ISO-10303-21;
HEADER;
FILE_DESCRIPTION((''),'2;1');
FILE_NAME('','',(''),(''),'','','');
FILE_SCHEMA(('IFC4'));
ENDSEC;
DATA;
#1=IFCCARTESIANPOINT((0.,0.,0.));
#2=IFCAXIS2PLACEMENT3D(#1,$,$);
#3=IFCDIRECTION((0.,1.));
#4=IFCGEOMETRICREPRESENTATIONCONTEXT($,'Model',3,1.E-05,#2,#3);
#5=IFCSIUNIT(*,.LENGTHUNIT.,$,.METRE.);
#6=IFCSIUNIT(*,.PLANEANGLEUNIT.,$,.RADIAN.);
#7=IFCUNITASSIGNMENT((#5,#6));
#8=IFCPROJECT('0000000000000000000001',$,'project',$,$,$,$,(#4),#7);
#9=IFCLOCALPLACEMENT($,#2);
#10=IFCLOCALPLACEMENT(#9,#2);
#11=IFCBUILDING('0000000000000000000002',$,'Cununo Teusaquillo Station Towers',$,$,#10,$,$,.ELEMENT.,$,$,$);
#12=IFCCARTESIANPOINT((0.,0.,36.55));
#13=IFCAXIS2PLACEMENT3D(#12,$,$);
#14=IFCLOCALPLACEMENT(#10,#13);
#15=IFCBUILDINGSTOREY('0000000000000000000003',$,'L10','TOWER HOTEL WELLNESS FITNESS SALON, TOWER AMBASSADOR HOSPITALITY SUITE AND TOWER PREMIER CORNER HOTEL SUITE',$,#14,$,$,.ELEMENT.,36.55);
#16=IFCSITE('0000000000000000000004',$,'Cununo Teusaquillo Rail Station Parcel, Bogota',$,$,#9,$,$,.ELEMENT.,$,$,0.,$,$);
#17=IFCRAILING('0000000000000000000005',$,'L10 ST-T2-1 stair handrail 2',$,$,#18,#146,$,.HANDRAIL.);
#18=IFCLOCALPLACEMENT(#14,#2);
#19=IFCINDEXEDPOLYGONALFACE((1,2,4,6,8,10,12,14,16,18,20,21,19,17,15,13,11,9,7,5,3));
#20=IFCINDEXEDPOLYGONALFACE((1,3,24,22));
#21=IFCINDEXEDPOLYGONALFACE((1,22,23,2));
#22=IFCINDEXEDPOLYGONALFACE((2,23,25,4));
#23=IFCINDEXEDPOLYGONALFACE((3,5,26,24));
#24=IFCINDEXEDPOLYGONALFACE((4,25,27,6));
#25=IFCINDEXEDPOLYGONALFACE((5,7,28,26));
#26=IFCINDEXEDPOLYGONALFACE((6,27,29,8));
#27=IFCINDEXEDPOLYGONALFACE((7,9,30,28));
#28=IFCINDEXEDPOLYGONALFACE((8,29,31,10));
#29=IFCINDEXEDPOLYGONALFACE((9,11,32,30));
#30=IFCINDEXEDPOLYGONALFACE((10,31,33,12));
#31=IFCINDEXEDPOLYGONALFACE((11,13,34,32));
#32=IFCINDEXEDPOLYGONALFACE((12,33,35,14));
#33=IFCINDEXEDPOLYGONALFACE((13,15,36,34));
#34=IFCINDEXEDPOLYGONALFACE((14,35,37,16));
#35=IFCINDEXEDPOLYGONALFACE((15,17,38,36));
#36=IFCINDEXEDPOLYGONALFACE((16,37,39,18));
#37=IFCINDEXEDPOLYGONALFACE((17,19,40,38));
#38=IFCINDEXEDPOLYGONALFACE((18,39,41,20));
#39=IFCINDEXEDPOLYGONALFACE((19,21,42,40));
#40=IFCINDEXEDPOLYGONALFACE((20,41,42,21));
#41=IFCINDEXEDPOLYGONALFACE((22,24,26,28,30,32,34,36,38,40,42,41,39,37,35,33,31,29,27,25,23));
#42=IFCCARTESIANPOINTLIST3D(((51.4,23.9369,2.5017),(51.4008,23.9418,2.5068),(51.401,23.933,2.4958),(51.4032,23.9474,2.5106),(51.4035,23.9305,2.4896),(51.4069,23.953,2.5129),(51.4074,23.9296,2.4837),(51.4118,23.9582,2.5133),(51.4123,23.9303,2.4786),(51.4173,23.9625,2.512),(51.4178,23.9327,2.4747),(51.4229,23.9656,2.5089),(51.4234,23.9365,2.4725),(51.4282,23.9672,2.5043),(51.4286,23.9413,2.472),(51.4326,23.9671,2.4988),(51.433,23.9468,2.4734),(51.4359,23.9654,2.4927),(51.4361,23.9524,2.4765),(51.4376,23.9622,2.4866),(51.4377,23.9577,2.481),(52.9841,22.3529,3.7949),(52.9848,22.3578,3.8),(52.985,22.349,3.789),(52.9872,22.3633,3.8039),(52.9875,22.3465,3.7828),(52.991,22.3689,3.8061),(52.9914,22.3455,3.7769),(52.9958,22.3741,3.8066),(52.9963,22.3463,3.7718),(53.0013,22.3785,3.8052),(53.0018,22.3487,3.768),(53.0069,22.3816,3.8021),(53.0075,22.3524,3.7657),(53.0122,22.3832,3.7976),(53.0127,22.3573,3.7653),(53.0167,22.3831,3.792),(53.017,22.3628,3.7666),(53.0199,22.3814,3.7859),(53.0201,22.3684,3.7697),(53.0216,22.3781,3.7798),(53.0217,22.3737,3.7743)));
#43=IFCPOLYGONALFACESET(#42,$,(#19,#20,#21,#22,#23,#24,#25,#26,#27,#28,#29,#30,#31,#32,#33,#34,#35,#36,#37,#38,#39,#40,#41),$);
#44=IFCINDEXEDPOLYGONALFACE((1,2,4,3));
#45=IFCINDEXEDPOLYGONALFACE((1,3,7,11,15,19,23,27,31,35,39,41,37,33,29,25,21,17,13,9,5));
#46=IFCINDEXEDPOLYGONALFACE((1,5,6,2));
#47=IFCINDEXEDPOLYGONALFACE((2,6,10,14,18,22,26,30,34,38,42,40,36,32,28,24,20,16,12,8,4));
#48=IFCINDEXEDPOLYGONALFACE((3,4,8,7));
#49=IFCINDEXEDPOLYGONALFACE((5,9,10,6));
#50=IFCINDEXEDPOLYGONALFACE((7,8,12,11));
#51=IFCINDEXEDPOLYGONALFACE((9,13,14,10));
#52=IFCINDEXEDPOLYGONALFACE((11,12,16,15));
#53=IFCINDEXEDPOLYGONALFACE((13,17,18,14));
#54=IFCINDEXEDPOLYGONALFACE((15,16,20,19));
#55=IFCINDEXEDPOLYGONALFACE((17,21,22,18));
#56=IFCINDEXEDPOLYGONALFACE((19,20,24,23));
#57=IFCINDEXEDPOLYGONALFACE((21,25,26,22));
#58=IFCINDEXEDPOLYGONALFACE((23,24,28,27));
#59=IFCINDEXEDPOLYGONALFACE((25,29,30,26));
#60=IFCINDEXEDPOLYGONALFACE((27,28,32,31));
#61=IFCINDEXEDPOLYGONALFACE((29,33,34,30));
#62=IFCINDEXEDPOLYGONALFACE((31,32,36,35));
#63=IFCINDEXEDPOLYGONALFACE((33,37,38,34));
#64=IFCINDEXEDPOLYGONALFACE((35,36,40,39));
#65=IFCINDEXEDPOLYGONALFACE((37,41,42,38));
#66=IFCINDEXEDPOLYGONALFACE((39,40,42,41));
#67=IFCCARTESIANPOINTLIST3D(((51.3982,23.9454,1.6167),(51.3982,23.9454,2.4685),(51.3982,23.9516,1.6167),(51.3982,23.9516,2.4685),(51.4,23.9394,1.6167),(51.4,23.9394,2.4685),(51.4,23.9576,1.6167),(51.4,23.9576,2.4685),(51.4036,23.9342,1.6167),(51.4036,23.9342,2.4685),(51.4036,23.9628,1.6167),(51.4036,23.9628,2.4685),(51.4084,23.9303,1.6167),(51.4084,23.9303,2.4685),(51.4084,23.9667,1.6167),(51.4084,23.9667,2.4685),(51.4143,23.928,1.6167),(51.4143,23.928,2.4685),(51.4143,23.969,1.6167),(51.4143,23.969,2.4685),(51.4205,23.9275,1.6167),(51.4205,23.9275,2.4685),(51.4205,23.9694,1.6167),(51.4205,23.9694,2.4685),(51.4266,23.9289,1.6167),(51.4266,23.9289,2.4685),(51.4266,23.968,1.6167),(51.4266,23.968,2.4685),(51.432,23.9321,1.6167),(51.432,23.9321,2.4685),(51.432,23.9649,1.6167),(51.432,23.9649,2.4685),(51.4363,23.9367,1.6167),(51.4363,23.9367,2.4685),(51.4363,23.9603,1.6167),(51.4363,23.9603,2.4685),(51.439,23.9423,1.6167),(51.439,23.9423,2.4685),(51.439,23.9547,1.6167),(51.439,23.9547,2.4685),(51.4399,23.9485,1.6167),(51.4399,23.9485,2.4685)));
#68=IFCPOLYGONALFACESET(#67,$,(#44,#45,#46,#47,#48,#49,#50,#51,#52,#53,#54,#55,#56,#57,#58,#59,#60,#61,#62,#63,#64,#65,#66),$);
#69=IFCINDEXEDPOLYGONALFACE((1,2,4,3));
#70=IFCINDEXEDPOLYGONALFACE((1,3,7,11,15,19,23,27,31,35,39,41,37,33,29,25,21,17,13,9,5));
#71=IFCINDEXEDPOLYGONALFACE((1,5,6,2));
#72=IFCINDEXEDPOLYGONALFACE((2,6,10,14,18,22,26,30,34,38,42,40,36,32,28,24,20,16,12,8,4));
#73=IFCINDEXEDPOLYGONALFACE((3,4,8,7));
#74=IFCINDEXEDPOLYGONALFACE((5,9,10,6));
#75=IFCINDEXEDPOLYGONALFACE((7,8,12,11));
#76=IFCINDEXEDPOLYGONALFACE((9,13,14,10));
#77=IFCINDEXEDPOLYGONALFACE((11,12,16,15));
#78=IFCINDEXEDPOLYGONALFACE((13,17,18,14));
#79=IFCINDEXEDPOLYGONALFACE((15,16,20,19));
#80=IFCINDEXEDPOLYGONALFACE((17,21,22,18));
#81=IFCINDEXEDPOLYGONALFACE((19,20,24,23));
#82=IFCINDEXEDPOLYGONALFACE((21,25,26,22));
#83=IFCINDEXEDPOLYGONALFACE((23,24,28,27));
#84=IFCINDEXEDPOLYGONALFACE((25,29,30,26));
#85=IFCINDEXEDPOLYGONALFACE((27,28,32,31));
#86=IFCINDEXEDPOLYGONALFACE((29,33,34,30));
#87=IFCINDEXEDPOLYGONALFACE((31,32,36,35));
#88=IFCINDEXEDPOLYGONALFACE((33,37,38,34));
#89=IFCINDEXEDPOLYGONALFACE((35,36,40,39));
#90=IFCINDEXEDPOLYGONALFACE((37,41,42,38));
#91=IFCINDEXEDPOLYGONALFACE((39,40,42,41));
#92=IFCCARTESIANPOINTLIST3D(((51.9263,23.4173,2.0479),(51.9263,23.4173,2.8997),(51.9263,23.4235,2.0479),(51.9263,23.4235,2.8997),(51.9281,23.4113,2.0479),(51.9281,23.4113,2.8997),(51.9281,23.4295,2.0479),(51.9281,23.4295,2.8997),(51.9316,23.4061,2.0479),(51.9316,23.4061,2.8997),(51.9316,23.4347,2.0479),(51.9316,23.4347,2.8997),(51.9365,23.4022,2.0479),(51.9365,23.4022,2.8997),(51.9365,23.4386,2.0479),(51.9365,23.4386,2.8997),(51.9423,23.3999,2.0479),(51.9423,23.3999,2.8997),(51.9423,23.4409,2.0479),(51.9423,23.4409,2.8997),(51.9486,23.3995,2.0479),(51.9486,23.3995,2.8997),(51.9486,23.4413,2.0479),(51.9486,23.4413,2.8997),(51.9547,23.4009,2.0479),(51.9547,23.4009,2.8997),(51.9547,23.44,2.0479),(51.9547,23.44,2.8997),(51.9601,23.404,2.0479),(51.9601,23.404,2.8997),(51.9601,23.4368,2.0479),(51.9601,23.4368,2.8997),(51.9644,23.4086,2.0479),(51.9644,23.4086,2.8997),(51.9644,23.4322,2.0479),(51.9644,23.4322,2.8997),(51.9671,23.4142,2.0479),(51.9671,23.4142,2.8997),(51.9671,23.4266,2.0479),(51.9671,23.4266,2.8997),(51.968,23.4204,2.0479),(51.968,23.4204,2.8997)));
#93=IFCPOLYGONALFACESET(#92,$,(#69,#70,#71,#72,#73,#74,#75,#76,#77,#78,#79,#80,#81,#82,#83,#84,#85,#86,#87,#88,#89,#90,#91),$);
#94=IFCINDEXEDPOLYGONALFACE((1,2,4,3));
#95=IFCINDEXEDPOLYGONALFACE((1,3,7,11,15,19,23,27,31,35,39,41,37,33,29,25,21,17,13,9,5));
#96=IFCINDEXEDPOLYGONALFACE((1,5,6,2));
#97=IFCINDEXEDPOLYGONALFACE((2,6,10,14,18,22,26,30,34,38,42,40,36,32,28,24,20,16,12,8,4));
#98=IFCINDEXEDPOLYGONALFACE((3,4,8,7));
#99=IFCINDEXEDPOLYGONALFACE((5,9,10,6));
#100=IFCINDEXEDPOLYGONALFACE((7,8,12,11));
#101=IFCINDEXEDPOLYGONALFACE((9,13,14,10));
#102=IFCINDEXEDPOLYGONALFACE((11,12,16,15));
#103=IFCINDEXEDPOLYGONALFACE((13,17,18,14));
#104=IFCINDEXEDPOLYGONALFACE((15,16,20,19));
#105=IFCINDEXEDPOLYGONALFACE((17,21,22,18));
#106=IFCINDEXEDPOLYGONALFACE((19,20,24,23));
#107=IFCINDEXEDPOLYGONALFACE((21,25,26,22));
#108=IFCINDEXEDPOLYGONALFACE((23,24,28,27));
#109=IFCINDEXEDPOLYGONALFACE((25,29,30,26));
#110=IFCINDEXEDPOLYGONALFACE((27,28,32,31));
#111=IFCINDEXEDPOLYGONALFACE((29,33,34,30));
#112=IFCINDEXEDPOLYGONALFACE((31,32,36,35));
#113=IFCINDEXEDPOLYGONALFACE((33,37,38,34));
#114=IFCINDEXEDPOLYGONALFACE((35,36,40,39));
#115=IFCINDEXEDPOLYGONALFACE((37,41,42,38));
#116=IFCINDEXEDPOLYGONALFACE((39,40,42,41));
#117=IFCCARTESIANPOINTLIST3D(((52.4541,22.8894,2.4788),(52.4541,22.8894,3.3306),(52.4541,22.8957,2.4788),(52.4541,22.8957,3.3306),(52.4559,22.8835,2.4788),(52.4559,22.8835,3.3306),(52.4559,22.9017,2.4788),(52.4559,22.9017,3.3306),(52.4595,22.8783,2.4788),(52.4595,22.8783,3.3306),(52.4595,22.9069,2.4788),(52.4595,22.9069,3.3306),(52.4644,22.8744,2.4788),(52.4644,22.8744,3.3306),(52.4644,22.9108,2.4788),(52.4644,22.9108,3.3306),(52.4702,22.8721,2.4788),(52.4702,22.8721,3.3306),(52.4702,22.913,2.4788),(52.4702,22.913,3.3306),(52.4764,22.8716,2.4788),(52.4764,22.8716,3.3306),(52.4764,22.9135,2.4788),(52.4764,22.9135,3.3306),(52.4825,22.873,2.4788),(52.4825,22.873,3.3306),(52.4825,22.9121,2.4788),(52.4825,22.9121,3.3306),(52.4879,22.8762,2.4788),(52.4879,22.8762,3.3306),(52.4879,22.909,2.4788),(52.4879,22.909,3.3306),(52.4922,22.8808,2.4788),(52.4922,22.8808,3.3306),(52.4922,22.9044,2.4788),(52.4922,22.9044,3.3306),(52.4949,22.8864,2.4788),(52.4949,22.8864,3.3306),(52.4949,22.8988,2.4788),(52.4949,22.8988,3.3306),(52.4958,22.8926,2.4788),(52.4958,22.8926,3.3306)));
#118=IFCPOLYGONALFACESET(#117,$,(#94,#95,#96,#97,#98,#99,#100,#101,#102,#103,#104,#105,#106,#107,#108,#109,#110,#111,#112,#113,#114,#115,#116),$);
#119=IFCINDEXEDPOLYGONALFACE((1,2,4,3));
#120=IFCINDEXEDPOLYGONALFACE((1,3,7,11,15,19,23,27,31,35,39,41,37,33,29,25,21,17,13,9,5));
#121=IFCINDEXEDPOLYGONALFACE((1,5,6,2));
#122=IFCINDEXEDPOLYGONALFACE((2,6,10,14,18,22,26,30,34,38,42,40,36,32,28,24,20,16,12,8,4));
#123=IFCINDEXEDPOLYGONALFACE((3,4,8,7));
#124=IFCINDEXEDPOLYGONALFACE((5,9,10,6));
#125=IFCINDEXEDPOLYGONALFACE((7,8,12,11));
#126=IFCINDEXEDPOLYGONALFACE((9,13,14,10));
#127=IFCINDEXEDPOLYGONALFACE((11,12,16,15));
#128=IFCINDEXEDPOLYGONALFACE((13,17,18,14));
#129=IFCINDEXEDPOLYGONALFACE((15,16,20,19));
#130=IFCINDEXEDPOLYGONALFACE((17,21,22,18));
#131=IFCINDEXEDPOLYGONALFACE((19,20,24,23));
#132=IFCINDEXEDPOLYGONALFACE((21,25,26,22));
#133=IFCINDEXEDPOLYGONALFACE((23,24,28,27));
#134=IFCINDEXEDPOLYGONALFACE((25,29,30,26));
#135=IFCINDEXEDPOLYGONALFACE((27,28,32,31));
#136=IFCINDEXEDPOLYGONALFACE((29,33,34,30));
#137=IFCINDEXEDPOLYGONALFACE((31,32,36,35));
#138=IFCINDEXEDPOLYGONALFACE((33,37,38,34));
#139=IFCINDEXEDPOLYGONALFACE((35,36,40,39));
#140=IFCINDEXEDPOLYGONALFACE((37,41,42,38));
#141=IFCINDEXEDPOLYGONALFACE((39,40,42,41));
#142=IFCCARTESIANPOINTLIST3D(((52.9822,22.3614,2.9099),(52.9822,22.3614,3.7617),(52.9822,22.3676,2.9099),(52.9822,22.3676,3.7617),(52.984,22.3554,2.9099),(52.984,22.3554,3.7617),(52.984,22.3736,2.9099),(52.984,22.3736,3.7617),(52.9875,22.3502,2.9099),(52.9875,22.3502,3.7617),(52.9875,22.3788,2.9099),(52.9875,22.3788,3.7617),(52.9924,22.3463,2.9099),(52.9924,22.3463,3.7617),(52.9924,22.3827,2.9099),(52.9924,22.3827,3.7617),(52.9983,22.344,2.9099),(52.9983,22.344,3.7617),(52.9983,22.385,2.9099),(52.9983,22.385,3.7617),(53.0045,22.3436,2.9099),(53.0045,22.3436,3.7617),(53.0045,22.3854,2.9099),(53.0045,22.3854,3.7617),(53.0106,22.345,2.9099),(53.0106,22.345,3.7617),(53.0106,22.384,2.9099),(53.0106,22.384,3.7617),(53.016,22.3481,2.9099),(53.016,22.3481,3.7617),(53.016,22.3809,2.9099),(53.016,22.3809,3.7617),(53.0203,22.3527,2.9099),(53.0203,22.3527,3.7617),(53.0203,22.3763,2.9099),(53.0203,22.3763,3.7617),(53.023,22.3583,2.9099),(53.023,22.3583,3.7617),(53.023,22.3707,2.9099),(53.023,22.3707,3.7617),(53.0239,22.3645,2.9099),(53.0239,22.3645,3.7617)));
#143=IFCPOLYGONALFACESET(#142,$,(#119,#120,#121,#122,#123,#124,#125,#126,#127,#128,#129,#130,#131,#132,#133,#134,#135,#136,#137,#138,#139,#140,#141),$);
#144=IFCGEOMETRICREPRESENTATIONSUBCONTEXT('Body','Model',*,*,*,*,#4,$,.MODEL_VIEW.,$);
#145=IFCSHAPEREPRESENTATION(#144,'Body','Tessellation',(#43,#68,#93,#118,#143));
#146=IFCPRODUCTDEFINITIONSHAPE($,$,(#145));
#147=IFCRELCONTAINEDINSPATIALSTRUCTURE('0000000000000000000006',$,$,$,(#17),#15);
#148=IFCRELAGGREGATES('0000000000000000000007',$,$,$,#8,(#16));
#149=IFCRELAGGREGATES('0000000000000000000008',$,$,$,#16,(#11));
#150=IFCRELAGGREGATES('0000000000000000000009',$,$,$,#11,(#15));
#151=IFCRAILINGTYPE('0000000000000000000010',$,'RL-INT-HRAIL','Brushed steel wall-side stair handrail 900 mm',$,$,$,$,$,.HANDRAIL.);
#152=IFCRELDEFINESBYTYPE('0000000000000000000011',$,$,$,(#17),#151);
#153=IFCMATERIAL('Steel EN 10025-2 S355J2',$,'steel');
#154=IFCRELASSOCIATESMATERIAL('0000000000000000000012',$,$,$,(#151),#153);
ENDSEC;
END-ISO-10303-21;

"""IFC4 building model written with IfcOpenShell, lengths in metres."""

from ifc_helpers import new_model, si_unit, direction, frame, origin, origin_2d, place, context, subcontext, project, spatial, circle, extrude, material, type_object, element, save


model = new_model("IFC4")

# Units and contexts
model_context = context("Model", 3, precision=1e-05, world=origin(), true_north=direction((0.0, 1.0)))
body_context = subcontext(model_context, "Body", "Model", "MODEL_VIEW")
ifc_project = project(units=[si_unit("LENGTHUNIT", "METRE"), si_unit("PLANEANGLEUNIT", "RADIAN")], contexts=[model_context])

# Site, building, storey
site_placement = place(None, origin())
site = spatial("IfcSite", under=ifc_project, at=site_placement, Name="Cununo Teusaquillo Rail Station Parcel, Bogota", CompositionType="ELEMENT", RefElevation=0.0)
building_placement = place(site_placement, origin())
building = spatial("IfcBuilding", under=site, at=building_placement, Name="Cununo Teusaquillo Station Towers", CompositionType="ELEMENT")
storey_placement = place(building_placement, frame((0.0, 0.0, 36.55)))
storey = spatial("IfcBuildingStorey", under=building, at=storey_placement, Name="L10", Description="TOWER HOTEL WELLNESS FITNESS SALON, TOWER AMBASSADOR HOSPITALITY SUITE AND TOWER PREMIER CORNER HOTEL SUITE", CompositionType="ELEMENT", Elevation=36.55)

# Railing
ifc_material_1 = material(Name="Steel EN 10025-2 S355J2", Category="steel")
railing_type = type_object("IfcRailingType", Name="RL-INT-HRAIL", Description="Brushed steel wall-side stair handrail 900 mm", PredefinedType="HANDRAIL", material=ifc_material_1)
railing_placement = place(storey_placement, frame((51.4189, 23.9485, 1.6167)))
element("IfcRailing", 1, at=railing_placement, inside=storey, type_object=railing_type, Name="L10 ST-T2-1 stair handrail 2", PredefinedType="HANDRAIL", context=body_context, shape_type="SweptSolid", body=[
    extrude(circle(Radius=0.0239, at=origin_2d()), frame((0.0, 0.0, 0.876), z_axis=(0.612385, -0.612385, 0.49997), x_axis=(0.707107, 0.707107, 0.0)), (0.0, 0.0, 1.0), 2.5867),
    extrude(circle(Radius=0.021, at=origin_2d()), origin(), (0.0, 0.0, 1.0), 0.8518),
    extrude(circle(Radius=0.021, at=origin_2d()), frame((0.5281, -0.5281, 0.4312)), (0.0, 0.0, 1.0), 0.8518),
    extrude(circle(Radius=0.021, at=origin_2d()), frame((1.0559, -1.0559, 0.8621)), (0.0, 0.0, 1.0), 0.8518),
    extrude(circle(Radius=0.021, at=origin_2d()), frame((1.584, -1.584, 1.2932)), (0.0, 0.0, 1.0), 0.8518),
])

save(model, "model.ifc")
